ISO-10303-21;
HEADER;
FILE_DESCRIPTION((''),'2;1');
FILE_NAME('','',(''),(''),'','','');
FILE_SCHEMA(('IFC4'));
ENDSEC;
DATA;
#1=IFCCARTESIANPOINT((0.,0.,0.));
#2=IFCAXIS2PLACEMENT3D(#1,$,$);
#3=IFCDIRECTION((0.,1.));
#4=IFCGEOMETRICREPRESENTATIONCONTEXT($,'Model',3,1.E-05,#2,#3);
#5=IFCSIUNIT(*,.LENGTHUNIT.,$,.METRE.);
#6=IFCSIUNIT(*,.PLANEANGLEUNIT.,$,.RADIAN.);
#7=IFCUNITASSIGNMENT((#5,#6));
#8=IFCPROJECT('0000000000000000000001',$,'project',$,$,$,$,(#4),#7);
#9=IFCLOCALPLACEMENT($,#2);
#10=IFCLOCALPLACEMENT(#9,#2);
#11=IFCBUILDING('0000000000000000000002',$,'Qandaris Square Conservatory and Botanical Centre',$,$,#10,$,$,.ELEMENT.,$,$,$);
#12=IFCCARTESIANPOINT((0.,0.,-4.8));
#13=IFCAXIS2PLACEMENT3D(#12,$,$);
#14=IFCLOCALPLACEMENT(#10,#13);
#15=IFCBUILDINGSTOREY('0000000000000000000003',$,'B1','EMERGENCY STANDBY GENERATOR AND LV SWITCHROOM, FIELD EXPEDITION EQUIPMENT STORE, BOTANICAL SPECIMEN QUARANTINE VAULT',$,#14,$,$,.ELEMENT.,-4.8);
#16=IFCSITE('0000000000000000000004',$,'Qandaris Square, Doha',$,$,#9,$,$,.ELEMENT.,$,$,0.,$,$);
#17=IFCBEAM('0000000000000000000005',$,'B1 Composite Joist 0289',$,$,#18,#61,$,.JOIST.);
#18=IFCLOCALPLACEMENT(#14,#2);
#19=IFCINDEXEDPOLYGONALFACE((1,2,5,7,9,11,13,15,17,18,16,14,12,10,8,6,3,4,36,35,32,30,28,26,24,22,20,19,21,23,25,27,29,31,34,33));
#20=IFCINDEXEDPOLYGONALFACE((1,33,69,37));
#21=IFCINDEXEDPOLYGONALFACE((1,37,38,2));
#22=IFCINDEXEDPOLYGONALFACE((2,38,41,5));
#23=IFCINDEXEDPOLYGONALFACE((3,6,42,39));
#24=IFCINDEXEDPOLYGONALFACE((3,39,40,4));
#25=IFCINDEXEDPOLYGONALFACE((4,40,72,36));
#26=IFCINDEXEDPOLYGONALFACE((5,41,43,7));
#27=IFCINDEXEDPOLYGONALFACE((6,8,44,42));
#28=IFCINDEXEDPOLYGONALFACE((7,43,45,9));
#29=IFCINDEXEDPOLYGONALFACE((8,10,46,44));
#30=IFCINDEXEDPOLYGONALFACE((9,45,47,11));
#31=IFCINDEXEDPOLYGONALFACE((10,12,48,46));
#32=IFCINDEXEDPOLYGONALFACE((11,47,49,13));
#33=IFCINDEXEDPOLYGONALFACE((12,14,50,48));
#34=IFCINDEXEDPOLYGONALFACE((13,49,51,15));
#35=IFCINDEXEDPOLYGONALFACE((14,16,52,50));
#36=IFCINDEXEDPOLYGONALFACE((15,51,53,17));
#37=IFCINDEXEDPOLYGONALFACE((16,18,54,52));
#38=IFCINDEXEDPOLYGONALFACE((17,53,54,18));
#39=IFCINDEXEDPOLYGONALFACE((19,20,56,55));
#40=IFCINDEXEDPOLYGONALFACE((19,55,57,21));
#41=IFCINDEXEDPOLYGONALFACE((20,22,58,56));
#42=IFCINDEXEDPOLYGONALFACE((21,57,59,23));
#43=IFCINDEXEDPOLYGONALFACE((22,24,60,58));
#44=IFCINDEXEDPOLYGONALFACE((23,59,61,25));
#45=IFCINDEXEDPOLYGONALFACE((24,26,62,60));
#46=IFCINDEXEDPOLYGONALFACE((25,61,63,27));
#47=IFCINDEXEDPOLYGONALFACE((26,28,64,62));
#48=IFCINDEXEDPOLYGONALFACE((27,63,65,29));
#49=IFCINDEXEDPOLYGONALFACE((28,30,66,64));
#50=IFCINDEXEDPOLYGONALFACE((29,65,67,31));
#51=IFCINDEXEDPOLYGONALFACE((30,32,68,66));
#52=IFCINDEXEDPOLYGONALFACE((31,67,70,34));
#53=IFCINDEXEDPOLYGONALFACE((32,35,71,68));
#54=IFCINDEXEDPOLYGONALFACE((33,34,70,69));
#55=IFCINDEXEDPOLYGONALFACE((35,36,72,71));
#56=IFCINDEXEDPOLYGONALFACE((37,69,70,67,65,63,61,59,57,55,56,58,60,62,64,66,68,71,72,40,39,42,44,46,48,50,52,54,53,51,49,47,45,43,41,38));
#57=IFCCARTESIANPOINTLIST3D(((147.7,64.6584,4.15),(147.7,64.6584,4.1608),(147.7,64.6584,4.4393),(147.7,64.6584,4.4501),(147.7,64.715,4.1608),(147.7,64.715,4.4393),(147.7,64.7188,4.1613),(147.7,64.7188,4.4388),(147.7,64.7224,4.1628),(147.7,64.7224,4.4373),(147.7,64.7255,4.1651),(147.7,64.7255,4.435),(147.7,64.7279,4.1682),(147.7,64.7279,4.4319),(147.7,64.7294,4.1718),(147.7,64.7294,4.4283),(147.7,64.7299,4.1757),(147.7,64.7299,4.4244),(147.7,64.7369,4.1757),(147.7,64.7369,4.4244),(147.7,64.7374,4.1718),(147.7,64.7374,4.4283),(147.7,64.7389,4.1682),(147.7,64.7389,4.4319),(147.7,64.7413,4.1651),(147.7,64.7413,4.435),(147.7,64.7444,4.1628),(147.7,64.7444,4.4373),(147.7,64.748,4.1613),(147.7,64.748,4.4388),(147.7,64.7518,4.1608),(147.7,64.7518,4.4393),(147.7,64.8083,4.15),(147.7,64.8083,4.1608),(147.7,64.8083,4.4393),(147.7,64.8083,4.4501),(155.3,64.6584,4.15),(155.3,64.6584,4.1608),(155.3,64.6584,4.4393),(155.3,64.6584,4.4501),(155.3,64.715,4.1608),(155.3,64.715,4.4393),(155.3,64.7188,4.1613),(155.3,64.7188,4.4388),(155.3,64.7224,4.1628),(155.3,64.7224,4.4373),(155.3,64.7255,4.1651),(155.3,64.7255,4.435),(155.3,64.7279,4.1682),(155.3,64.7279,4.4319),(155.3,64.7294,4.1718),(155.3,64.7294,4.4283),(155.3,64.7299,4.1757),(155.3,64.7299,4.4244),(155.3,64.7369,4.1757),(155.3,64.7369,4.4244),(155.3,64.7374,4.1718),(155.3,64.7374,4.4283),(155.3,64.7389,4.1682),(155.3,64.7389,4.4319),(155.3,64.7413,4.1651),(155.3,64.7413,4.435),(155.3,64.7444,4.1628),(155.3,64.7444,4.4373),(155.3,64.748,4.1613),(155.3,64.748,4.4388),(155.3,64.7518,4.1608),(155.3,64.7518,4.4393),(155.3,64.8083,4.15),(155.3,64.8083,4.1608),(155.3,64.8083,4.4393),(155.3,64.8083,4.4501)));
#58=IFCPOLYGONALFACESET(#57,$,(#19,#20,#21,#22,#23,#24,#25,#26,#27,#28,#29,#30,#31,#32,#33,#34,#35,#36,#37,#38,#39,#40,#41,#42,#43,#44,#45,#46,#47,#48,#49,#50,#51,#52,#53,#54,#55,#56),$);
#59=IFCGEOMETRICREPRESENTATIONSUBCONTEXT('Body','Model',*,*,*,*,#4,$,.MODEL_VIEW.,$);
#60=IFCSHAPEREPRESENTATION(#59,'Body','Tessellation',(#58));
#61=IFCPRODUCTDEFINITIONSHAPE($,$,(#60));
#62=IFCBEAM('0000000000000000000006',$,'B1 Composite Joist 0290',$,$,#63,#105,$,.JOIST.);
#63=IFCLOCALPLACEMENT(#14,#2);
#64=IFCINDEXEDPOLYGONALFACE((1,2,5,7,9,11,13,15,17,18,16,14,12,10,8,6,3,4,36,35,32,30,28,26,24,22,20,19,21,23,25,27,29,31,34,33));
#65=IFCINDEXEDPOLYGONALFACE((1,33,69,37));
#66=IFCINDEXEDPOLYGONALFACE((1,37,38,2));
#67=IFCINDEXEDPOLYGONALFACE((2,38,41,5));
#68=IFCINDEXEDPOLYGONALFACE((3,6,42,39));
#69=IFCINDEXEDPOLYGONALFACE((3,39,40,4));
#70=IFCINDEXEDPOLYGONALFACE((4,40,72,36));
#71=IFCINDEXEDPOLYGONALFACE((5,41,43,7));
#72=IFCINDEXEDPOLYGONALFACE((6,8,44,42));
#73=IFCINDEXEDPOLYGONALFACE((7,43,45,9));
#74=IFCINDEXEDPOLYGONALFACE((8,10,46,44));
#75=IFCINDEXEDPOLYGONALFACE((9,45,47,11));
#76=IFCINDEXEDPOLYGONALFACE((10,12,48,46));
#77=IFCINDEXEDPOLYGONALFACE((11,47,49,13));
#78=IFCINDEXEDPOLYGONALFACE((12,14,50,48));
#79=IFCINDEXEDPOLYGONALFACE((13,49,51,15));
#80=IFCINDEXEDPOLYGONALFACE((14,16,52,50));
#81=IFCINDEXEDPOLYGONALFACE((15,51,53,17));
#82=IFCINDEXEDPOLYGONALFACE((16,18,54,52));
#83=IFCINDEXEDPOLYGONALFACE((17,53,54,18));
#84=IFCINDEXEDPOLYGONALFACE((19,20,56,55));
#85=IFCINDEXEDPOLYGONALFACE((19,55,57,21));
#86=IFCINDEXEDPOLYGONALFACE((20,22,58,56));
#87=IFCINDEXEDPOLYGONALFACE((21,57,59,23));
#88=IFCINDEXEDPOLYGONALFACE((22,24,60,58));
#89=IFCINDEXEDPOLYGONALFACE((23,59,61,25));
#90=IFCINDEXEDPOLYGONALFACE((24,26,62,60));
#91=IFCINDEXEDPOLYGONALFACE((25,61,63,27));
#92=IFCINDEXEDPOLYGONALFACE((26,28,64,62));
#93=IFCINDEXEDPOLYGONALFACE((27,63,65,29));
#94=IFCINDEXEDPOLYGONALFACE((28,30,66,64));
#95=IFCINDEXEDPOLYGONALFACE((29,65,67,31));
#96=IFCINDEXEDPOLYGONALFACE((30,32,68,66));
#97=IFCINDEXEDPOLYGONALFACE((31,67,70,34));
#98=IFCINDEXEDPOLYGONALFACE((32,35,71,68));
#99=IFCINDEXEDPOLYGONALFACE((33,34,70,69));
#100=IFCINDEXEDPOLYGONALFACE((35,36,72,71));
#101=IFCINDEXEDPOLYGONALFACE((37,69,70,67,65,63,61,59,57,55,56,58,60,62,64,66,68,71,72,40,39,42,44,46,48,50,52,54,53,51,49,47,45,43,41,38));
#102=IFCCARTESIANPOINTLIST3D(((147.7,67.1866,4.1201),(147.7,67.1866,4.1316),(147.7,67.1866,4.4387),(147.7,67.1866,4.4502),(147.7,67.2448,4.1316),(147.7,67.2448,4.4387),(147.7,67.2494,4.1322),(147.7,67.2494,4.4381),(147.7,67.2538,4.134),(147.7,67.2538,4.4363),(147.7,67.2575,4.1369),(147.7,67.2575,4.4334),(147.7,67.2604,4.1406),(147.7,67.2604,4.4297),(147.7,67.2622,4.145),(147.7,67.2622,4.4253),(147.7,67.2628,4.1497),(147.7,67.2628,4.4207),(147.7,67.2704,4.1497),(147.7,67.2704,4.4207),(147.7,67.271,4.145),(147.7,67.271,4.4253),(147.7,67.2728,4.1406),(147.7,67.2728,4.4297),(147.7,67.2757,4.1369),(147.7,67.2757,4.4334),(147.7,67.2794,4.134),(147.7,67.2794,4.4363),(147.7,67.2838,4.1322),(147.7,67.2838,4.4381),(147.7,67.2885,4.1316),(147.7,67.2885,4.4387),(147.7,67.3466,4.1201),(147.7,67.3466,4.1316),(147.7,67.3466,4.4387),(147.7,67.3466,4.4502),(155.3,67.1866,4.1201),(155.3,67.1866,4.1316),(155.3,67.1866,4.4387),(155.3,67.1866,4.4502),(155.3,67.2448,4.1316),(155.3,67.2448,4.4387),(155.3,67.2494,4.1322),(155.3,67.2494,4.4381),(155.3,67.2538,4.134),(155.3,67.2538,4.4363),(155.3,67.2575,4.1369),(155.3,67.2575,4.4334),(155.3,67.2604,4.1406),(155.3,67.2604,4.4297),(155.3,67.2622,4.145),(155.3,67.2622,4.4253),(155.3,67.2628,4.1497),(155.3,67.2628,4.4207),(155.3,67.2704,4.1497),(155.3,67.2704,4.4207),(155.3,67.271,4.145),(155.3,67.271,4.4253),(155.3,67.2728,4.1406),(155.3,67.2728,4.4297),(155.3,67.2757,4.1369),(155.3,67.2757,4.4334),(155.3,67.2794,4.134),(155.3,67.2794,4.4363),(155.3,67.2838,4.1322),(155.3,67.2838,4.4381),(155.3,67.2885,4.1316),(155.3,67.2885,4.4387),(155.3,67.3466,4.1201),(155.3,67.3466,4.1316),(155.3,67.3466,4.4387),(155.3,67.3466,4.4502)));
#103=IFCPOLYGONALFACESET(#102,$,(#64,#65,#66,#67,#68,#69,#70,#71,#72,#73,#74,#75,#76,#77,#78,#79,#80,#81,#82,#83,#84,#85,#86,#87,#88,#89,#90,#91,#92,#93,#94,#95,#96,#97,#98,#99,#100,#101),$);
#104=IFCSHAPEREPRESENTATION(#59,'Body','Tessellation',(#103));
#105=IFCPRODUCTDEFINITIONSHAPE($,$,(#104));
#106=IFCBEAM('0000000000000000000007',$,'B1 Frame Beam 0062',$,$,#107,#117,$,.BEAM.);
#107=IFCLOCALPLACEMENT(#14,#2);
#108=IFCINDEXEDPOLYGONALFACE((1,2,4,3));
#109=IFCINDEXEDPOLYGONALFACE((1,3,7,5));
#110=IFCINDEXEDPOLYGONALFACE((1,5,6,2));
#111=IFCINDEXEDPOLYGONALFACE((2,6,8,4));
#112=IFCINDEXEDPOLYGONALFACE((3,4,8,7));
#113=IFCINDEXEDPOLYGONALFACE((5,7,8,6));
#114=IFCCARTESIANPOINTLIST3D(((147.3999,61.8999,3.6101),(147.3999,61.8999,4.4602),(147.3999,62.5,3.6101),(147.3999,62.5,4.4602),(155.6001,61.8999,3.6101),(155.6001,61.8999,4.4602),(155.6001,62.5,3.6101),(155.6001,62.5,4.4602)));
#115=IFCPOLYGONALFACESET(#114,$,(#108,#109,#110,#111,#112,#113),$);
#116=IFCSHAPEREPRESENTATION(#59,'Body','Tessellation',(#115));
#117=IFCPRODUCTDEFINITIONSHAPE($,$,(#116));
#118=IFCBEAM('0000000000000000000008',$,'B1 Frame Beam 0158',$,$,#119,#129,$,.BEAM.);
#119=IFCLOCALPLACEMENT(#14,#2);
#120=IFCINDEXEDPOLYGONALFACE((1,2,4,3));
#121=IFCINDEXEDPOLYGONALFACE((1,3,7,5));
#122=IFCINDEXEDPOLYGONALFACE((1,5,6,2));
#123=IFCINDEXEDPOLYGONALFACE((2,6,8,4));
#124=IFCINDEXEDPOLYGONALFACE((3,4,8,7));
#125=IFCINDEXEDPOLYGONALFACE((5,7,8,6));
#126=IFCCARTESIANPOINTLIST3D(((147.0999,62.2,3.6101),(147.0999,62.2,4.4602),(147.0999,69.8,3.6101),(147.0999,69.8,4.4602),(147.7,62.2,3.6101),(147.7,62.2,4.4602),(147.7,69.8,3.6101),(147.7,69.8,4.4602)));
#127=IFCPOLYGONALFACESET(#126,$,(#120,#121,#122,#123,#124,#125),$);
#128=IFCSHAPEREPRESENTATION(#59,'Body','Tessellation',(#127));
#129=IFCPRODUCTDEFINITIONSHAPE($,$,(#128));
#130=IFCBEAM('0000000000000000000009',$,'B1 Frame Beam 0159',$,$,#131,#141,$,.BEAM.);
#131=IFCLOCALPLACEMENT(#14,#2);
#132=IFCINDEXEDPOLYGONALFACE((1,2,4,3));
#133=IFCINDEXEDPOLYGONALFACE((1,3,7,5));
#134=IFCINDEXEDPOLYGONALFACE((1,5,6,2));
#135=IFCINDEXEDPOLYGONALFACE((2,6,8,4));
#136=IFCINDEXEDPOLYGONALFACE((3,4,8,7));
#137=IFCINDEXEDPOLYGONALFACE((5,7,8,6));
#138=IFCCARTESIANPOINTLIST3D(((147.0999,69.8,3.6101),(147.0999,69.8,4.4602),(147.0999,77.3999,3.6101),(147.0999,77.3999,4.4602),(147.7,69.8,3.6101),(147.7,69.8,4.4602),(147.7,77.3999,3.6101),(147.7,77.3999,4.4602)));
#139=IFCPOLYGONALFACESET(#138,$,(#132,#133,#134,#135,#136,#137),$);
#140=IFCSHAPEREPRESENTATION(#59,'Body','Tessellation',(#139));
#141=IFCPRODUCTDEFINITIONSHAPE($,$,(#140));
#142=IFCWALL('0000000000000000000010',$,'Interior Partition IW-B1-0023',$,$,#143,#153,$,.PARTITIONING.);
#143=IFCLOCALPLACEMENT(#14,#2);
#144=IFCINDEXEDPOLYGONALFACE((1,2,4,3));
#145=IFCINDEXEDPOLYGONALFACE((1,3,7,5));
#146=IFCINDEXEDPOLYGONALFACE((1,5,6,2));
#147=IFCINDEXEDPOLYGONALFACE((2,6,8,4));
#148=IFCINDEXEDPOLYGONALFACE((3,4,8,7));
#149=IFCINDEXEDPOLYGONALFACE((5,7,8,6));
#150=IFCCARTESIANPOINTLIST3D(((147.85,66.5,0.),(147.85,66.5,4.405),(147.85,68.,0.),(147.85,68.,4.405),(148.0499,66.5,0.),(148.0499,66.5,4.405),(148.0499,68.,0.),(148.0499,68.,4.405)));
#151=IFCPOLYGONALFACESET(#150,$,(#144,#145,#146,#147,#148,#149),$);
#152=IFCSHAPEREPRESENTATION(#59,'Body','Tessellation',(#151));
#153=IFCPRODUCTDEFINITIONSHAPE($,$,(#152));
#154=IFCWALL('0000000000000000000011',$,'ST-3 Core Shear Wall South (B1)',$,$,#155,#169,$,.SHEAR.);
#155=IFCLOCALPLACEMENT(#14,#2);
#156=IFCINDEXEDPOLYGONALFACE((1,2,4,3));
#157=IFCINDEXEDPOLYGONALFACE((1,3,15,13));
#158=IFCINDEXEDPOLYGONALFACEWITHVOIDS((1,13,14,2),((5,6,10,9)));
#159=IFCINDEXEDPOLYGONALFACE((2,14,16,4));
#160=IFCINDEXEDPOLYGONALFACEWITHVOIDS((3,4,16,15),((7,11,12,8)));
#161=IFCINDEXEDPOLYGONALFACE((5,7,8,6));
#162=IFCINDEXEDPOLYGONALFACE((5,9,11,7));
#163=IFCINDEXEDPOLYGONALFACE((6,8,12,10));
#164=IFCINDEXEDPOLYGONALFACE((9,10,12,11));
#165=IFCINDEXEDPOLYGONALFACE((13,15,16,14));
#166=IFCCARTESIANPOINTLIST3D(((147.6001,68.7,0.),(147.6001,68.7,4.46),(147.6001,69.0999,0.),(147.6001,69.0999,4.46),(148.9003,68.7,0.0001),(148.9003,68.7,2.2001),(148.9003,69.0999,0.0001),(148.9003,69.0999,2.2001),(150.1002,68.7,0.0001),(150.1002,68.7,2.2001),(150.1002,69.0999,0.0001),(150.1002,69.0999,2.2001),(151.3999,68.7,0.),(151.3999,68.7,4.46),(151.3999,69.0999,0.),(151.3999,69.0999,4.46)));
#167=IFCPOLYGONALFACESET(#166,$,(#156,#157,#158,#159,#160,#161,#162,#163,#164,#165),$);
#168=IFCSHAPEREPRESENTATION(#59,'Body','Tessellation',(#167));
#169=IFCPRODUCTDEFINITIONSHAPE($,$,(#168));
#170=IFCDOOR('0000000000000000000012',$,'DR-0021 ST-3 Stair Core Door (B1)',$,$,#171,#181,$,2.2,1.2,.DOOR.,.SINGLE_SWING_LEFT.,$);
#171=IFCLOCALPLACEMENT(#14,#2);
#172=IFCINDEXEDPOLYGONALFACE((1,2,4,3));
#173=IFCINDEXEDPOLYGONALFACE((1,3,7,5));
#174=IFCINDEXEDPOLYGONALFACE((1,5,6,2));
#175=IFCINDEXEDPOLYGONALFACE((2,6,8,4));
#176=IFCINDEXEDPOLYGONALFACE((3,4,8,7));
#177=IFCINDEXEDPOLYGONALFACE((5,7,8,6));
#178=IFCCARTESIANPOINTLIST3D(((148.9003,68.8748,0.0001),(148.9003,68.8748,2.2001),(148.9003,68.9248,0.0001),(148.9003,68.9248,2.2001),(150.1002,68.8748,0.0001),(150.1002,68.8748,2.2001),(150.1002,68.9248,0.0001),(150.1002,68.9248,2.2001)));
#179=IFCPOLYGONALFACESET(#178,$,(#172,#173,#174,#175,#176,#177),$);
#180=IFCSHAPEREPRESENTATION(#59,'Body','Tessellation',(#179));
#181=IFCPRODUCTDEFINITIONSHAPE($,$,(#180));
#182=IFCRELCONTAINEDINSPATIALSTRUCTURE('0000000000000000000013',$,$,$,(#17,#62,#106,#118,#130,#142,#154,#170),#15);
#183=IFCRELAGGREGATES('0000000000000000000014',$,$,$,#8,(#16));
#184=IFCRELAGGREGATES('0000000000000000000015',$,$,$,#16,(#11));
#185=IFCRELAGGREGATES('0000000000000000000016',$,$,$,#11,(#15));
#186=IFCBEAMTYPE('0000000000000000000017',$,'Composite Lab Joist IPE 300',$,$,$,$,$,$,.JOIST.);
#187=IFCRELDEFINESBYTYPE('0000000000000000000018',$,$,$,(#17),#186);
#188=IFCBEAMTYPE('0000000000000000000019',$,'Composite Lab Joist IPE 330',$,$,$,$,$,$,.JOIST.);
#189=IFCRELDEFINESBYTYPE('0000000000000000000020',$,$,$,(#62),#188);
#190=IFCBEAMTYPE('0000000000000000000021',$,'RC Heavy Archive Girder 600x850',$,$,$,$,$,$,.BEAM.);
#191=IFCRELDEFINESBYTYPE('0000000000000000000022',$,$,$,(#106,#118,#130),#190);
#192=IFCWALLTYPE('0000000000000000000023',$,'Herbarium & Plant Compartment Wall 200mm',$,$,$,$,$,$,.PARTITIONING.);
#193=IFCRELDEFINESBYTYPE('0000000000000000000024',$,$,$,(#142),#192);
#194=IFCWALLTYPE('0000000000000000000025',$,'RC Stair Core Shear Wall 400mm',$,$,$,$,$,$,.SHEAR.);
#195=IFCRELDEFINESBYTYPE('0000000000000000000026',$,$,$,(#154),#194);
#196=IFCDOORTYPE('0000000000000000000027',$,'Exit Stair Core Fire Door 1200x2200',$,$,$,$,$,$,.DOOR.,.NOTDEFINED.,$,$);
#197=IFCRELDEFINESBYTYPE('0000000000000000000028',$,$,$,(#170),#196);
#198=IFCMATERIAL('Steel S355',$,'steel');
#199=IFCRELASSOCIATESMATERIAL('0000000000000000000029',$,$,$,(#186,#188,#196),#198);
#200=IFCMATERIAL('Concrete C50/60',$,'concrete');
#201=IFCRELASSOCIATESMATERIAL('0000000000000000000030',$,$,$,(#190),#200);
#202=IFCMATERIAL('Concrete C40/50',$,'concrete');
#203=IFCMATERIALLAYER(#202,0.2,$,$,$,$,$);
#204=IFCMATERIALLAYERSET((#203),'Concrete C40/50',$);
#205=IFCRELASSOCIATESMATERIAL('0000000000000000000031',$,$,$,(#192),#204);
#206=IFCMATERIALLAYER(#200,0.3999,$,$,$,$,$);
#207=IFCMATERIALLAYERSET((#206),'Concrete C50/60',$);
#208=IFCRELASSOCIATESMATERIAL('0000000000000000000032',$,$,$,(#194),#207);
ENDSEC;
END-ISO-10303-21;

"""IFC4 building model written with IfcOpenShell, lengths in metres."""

from ifc_helpers import new_model, si_unit, direction, frame, frame_2d, origin, origin_2d, place, context, subcontext, project, spatial, rectangle, i_section, extrude, material, layer, layer_set, material_profile, profile_set, type_object, element, fill, save


model = new_model("IFC4")

# Units and contexts
model_context = context("Model", 3, precision=1e-05, world=origin(), true_north=direction((0.0, 1.0)))
body_context = subcontext(model_context, "Body", "Model", "MODEL_VIEW")
ifc_project = project(units=[si_unit("LENGTHUNIT", "METRE"), si_unit("PLANEANGLEUNIT", "RADIAN")], contexts=[model_context])

# Site, building, storey
site_placement = place(None, origin())
site = spatial("IfcSite", under=ifc_project, at=site_placement, Name="Qandaris Square, Doha", CompositionType="ELEMENT", RefElevation=0.0)
building_placement = place(site_placement, origin())
building = spatial("IfcBuilding", under=site, at=building_placement, Name="Qandaris Square Conservatory and Botanical Centre", CompositionType="ELEMENT")
storey_placement = place(building_placement, frame((0.0, 0.0, -4.8)))
storey = spatial("IfcBuildingStorey", under=building, at=storey_placement, Name="B1", Description="EMERGENCY STANDBY GENERATOR AND LV SWITCHROOM, FIELD EXPEDITION EQUIPMENT STORE, BOTANICAL SPECIMEN QUARANTINE VAULT", CompositionType="ELEMENT", Elevation=-4.8)

# Shared definitions
ifc_material_1 = material(Name="Concrete C50/60", Category="concrete")

# Shared definitions
ifc_material_2 = material(Name="Concrete C40/50", Category="concrete")

# Beams
ifc_material_3 = material(Name="Steel S355", Category="steel")
ifc_material_profile_1 = material_profile(ifc_material_3, i_section(OverallWidth=0.1499, OverallDepth=0.3, WebThickness=0.0071, FlangeThickness=0.0107, FilletRadius=0.0149, at=origin_2d()), Name="IPE 300")
ifc_profile_set_1 = profile_set([ifc_material_profile_1], Name="Steel S355")
beam_type_1 = type_object("IfcBeamType", Name="Composite Lab Joist IPE 300", PredefinedType="JOIST", material=ifc_profile_set_1)
beam_1_placement = place(storey_placement, frame((147.7, 64.7334, 4.3), z_axis=(1.0, 0.0, 0.0), x_axis=(0.0, 1.0, 0.0)))
element("IfcBeam", 1, at=beam_1_placement, inside=storey, type_object=beam_type_1, Name="B1 Composite Joist 0289", PredefinedType="JOIST", context=body_context, shape_type="SweptSolid", body=[
    extrude(i_section(OverallWidth=0.1499, OverallDepth=0.3, WebThickness=0.0071, FlangeThickness=0.0107, FilletRadius=0.0149, at=origin_2d()), origin(), (0.0, 0.0, 1.0), 7.6001),
])
ifc_material_profile_2 = material_profile(ifc_material_3, i_section(OverallWidth=0.1599, OverallDepth=0.3301, WebThickness=0.0076, FlangeThickness=0.0115, FilletRadius=0.0181, at=origin_2d()), Name="IPE 330")
ifc_profile_set_2 = profile_set([ifc_material_profile_2], Name="Steel S355")
beam_type_2 = type_object("IfcBeamType", Name="Composite Lab Joist IPE 330", PredefinedType="JOIST", material=ifc_profile_set_2)
beam_2_placement = place(storey_placement, frame((147.7, 67.2666, 4.2852), z_axis=(1.0, 0.0, 0.0), x_axis=(0.0, 1.0, 0.0)))
element("IfcBeam", 2, at=beam_2_placement, inside=storey, type_object=beam_type_2, Name="B1 Composite Joist 0290", PredefinedType="JOIST", context=body_context, shape_type="SweptSolid", body=[
    extrude(i_section(OverallWidth=0.1599, OverallDepth=0.3301, WebThickness=0.0076, FlangeThickness=0.0115, FilletRadius=0.0181, at=origin_2d()), origin(), (0.0, 0.0, 1.0), 7.6001),
])
ifc_material_profile_3 = material_profile(ifc_material_1, rectangle(XDim=0.6001, YDim=0.8501, at=origin_2d()), Name="RC-BM 600x850")
ifc_profile_set_3 = profile_set([ifc_material_profile_3], Name="Concrete C50/60")
beam_type_3 = type_object("IfcBeamType", Name="RC Heavy Archive Girder 600x850", PredefinedType="BEAM", material=ifc_profile_set_3)
beam_3_placement = place(storey_placement, frame((147.3999, 62.2, 4.0352), z_axis=(1.0, 0.0, 0.0), x_axis=(0.0, 1.0, 0.0)))
element("IfcBeam", 3, at=beam_3_placement, inside=storey, type_object=beam_type_3, Name="B1 Frame Beam 0062", PredefinedType="BEAM", context=body_context, shape_type="SweptSolid", body=[
    extrude(rectangle(XDim=0.6001, YDim=0.8501, at=origin_2d()), origin(), (0.0, 0.0, 1.0), 8.2002),
])
beam_4_placement = place(storey_placement, frame((147.3999, 62.2, 4.0352), z_axis=(0.0, 1.0, 0.0), x_axis=(-1.0, 0.0, 0.0)))
element("IfcBeam", 4, at=beam_4_placement, inside=storey, type_object=beam_type_3, Name="B1 Frame Beam 0158", PredefinedType="BEAM", context=body_context, shape_type="SweptSolid", body=[
    extrude(rectangle(XDim=0.6001, YDim=0.8501, at=origin_2d()), origin(), (0.0, 0.0, 1.0), 7.6001),
])
beam_5_placement = place(storey_placement, frame((147.3999, 69.8, 4.0352), z_axis=(0.0, 1.0, 0.0), x_axis=(-1.0, 0.0, 0.0)))
element("IfcBeam", 5, at=beam_5_placement, inside=storey, type_object=beam_type_3, Name="B1 Frame Beam 0159", PredefinedType="BEAM", context=body_context, shape_type="SweptSolid", body=[
    extrude(rectangle(XDim=0.6001, YDim=0.8501, at=origin_2d()), origin(), (0.0, 0.0, 1.0), 7.5999),
])

# Wall
ifc_layer_1 = layer(ifc_material_2, 0.2)
ifc_layer_set_1 = layer_set([ifc_layer_1], Name="Concrete C40/50")
wall_type_1 = type_object("IfcWallType", Name="Herbarium & Plant Compartment Wall 200mm", PredefinedType="PARTITIONING", material=ifc_layer_set_1)
wall_1_placement = place(storey_placement, frame((147.95, 66.5, 0.0), z_axis=(0.0, 0.0, 1.0), x_axis=(0.0, 1.0, 0.0)))
element("IfcWall", 6, at=wall_1_placement, inside=storey, type_object=wall_type_1, Name="Interior Partition IW-B1-0023", PredefinedType="PARTITIONING", context=body_context, shape_type="SweptSolid", body=[
    extrude(rectangle(XDim=1.5, YDim=0.2, at=frame_2d((0.75, 0.0))), origin(), (0.0, 0.0, 1.0), 4.405),
])

# Wall, opening, door
ifc_layer_2 = layer(ifc_material_1, 0.3999)
ifc_layer_set_2 = layer_set([ifc_layer_2], Name="Concrete C50/60")
wall_type_2 = type_object("IfcWallType", Name="RC Stair Core Shear Wall 400mm", PredefinedType="SHEAR", material=ifc_layer_set_2)
wall_2_placement = place(storey_placement, frame((147.6001, 68.8999, 0.0), z_axis=(0.0, 0.0, 1.0), x_axis=(1.0, 0.0, 0.0)))
wall_2 = element("IfcWall", 7, at=wall_2_placement, inside=storey, type_object=wall_type_2, Name="ST-3 Core Shear Wall South (B1)", PredefinedType="SHEAR", context=body_context, shape_type="SweptSolid", body=[
    extrude(rectangle(XDim=3.7998, YDim=0.3999, at=frame_2d((1.8999, 0.0))), origin(), (0.0, 0.0, 1.0), 4.46),
])
opening_placement = place(wall_2_placement, frame((1.3, 0.0, 0.0)))
opening = element("IfcOpeningElement", 8, at=opening_placement, cuts=wall_2, PredefinedType="OPENING", context=body_context, shape_type="SweptSolid", body=[
    extrude(rectangle(XDim=1.2, YDim=2.2, at=frame_2d((0.6001, 1.1001))), frame((0.0, 0.2119, 0.0), z_axis=(0.0, -1.0, 0.0), x_axis=(1.0, 0.0, 0.0)), (0.0, 0.0, 1.0), 0.4238),
])
door_type = type_object("IfcDoorType", Name="Exit Stair Core Fire Door 1200x2200", OperationType="NOTDEFINED", PredefinedType="DOOR", material=ifc_material_3)
door_placement = place(opening_placement, origin())
door = element("IfcDoor", 9, at=door_placement, inside=storey, type_object=door_type, Name="DR-0021 ST-3 Stair Core Door (B1)", OperationType="SINGLE_SWING_LEFT", OverallHeight=2.2, OverallWidth=1.2, PredefinedType="DOOR", context=body_context, shape_type="SweptSolid", body=[
    extrude(rectangle(XDim=1.2, YDim=2.2, at=frame_2d((0.6001, 1.1001))), frame((0.0, 0.0249, 0.0), z_axis=(0.0, -1.0, 0.0), x_axis=(1.0, 0.0, 0.0)), (0.0, 0.0, 1.0), 0.05),
])
fill(opening, door)

save(model, "model.ifc")
